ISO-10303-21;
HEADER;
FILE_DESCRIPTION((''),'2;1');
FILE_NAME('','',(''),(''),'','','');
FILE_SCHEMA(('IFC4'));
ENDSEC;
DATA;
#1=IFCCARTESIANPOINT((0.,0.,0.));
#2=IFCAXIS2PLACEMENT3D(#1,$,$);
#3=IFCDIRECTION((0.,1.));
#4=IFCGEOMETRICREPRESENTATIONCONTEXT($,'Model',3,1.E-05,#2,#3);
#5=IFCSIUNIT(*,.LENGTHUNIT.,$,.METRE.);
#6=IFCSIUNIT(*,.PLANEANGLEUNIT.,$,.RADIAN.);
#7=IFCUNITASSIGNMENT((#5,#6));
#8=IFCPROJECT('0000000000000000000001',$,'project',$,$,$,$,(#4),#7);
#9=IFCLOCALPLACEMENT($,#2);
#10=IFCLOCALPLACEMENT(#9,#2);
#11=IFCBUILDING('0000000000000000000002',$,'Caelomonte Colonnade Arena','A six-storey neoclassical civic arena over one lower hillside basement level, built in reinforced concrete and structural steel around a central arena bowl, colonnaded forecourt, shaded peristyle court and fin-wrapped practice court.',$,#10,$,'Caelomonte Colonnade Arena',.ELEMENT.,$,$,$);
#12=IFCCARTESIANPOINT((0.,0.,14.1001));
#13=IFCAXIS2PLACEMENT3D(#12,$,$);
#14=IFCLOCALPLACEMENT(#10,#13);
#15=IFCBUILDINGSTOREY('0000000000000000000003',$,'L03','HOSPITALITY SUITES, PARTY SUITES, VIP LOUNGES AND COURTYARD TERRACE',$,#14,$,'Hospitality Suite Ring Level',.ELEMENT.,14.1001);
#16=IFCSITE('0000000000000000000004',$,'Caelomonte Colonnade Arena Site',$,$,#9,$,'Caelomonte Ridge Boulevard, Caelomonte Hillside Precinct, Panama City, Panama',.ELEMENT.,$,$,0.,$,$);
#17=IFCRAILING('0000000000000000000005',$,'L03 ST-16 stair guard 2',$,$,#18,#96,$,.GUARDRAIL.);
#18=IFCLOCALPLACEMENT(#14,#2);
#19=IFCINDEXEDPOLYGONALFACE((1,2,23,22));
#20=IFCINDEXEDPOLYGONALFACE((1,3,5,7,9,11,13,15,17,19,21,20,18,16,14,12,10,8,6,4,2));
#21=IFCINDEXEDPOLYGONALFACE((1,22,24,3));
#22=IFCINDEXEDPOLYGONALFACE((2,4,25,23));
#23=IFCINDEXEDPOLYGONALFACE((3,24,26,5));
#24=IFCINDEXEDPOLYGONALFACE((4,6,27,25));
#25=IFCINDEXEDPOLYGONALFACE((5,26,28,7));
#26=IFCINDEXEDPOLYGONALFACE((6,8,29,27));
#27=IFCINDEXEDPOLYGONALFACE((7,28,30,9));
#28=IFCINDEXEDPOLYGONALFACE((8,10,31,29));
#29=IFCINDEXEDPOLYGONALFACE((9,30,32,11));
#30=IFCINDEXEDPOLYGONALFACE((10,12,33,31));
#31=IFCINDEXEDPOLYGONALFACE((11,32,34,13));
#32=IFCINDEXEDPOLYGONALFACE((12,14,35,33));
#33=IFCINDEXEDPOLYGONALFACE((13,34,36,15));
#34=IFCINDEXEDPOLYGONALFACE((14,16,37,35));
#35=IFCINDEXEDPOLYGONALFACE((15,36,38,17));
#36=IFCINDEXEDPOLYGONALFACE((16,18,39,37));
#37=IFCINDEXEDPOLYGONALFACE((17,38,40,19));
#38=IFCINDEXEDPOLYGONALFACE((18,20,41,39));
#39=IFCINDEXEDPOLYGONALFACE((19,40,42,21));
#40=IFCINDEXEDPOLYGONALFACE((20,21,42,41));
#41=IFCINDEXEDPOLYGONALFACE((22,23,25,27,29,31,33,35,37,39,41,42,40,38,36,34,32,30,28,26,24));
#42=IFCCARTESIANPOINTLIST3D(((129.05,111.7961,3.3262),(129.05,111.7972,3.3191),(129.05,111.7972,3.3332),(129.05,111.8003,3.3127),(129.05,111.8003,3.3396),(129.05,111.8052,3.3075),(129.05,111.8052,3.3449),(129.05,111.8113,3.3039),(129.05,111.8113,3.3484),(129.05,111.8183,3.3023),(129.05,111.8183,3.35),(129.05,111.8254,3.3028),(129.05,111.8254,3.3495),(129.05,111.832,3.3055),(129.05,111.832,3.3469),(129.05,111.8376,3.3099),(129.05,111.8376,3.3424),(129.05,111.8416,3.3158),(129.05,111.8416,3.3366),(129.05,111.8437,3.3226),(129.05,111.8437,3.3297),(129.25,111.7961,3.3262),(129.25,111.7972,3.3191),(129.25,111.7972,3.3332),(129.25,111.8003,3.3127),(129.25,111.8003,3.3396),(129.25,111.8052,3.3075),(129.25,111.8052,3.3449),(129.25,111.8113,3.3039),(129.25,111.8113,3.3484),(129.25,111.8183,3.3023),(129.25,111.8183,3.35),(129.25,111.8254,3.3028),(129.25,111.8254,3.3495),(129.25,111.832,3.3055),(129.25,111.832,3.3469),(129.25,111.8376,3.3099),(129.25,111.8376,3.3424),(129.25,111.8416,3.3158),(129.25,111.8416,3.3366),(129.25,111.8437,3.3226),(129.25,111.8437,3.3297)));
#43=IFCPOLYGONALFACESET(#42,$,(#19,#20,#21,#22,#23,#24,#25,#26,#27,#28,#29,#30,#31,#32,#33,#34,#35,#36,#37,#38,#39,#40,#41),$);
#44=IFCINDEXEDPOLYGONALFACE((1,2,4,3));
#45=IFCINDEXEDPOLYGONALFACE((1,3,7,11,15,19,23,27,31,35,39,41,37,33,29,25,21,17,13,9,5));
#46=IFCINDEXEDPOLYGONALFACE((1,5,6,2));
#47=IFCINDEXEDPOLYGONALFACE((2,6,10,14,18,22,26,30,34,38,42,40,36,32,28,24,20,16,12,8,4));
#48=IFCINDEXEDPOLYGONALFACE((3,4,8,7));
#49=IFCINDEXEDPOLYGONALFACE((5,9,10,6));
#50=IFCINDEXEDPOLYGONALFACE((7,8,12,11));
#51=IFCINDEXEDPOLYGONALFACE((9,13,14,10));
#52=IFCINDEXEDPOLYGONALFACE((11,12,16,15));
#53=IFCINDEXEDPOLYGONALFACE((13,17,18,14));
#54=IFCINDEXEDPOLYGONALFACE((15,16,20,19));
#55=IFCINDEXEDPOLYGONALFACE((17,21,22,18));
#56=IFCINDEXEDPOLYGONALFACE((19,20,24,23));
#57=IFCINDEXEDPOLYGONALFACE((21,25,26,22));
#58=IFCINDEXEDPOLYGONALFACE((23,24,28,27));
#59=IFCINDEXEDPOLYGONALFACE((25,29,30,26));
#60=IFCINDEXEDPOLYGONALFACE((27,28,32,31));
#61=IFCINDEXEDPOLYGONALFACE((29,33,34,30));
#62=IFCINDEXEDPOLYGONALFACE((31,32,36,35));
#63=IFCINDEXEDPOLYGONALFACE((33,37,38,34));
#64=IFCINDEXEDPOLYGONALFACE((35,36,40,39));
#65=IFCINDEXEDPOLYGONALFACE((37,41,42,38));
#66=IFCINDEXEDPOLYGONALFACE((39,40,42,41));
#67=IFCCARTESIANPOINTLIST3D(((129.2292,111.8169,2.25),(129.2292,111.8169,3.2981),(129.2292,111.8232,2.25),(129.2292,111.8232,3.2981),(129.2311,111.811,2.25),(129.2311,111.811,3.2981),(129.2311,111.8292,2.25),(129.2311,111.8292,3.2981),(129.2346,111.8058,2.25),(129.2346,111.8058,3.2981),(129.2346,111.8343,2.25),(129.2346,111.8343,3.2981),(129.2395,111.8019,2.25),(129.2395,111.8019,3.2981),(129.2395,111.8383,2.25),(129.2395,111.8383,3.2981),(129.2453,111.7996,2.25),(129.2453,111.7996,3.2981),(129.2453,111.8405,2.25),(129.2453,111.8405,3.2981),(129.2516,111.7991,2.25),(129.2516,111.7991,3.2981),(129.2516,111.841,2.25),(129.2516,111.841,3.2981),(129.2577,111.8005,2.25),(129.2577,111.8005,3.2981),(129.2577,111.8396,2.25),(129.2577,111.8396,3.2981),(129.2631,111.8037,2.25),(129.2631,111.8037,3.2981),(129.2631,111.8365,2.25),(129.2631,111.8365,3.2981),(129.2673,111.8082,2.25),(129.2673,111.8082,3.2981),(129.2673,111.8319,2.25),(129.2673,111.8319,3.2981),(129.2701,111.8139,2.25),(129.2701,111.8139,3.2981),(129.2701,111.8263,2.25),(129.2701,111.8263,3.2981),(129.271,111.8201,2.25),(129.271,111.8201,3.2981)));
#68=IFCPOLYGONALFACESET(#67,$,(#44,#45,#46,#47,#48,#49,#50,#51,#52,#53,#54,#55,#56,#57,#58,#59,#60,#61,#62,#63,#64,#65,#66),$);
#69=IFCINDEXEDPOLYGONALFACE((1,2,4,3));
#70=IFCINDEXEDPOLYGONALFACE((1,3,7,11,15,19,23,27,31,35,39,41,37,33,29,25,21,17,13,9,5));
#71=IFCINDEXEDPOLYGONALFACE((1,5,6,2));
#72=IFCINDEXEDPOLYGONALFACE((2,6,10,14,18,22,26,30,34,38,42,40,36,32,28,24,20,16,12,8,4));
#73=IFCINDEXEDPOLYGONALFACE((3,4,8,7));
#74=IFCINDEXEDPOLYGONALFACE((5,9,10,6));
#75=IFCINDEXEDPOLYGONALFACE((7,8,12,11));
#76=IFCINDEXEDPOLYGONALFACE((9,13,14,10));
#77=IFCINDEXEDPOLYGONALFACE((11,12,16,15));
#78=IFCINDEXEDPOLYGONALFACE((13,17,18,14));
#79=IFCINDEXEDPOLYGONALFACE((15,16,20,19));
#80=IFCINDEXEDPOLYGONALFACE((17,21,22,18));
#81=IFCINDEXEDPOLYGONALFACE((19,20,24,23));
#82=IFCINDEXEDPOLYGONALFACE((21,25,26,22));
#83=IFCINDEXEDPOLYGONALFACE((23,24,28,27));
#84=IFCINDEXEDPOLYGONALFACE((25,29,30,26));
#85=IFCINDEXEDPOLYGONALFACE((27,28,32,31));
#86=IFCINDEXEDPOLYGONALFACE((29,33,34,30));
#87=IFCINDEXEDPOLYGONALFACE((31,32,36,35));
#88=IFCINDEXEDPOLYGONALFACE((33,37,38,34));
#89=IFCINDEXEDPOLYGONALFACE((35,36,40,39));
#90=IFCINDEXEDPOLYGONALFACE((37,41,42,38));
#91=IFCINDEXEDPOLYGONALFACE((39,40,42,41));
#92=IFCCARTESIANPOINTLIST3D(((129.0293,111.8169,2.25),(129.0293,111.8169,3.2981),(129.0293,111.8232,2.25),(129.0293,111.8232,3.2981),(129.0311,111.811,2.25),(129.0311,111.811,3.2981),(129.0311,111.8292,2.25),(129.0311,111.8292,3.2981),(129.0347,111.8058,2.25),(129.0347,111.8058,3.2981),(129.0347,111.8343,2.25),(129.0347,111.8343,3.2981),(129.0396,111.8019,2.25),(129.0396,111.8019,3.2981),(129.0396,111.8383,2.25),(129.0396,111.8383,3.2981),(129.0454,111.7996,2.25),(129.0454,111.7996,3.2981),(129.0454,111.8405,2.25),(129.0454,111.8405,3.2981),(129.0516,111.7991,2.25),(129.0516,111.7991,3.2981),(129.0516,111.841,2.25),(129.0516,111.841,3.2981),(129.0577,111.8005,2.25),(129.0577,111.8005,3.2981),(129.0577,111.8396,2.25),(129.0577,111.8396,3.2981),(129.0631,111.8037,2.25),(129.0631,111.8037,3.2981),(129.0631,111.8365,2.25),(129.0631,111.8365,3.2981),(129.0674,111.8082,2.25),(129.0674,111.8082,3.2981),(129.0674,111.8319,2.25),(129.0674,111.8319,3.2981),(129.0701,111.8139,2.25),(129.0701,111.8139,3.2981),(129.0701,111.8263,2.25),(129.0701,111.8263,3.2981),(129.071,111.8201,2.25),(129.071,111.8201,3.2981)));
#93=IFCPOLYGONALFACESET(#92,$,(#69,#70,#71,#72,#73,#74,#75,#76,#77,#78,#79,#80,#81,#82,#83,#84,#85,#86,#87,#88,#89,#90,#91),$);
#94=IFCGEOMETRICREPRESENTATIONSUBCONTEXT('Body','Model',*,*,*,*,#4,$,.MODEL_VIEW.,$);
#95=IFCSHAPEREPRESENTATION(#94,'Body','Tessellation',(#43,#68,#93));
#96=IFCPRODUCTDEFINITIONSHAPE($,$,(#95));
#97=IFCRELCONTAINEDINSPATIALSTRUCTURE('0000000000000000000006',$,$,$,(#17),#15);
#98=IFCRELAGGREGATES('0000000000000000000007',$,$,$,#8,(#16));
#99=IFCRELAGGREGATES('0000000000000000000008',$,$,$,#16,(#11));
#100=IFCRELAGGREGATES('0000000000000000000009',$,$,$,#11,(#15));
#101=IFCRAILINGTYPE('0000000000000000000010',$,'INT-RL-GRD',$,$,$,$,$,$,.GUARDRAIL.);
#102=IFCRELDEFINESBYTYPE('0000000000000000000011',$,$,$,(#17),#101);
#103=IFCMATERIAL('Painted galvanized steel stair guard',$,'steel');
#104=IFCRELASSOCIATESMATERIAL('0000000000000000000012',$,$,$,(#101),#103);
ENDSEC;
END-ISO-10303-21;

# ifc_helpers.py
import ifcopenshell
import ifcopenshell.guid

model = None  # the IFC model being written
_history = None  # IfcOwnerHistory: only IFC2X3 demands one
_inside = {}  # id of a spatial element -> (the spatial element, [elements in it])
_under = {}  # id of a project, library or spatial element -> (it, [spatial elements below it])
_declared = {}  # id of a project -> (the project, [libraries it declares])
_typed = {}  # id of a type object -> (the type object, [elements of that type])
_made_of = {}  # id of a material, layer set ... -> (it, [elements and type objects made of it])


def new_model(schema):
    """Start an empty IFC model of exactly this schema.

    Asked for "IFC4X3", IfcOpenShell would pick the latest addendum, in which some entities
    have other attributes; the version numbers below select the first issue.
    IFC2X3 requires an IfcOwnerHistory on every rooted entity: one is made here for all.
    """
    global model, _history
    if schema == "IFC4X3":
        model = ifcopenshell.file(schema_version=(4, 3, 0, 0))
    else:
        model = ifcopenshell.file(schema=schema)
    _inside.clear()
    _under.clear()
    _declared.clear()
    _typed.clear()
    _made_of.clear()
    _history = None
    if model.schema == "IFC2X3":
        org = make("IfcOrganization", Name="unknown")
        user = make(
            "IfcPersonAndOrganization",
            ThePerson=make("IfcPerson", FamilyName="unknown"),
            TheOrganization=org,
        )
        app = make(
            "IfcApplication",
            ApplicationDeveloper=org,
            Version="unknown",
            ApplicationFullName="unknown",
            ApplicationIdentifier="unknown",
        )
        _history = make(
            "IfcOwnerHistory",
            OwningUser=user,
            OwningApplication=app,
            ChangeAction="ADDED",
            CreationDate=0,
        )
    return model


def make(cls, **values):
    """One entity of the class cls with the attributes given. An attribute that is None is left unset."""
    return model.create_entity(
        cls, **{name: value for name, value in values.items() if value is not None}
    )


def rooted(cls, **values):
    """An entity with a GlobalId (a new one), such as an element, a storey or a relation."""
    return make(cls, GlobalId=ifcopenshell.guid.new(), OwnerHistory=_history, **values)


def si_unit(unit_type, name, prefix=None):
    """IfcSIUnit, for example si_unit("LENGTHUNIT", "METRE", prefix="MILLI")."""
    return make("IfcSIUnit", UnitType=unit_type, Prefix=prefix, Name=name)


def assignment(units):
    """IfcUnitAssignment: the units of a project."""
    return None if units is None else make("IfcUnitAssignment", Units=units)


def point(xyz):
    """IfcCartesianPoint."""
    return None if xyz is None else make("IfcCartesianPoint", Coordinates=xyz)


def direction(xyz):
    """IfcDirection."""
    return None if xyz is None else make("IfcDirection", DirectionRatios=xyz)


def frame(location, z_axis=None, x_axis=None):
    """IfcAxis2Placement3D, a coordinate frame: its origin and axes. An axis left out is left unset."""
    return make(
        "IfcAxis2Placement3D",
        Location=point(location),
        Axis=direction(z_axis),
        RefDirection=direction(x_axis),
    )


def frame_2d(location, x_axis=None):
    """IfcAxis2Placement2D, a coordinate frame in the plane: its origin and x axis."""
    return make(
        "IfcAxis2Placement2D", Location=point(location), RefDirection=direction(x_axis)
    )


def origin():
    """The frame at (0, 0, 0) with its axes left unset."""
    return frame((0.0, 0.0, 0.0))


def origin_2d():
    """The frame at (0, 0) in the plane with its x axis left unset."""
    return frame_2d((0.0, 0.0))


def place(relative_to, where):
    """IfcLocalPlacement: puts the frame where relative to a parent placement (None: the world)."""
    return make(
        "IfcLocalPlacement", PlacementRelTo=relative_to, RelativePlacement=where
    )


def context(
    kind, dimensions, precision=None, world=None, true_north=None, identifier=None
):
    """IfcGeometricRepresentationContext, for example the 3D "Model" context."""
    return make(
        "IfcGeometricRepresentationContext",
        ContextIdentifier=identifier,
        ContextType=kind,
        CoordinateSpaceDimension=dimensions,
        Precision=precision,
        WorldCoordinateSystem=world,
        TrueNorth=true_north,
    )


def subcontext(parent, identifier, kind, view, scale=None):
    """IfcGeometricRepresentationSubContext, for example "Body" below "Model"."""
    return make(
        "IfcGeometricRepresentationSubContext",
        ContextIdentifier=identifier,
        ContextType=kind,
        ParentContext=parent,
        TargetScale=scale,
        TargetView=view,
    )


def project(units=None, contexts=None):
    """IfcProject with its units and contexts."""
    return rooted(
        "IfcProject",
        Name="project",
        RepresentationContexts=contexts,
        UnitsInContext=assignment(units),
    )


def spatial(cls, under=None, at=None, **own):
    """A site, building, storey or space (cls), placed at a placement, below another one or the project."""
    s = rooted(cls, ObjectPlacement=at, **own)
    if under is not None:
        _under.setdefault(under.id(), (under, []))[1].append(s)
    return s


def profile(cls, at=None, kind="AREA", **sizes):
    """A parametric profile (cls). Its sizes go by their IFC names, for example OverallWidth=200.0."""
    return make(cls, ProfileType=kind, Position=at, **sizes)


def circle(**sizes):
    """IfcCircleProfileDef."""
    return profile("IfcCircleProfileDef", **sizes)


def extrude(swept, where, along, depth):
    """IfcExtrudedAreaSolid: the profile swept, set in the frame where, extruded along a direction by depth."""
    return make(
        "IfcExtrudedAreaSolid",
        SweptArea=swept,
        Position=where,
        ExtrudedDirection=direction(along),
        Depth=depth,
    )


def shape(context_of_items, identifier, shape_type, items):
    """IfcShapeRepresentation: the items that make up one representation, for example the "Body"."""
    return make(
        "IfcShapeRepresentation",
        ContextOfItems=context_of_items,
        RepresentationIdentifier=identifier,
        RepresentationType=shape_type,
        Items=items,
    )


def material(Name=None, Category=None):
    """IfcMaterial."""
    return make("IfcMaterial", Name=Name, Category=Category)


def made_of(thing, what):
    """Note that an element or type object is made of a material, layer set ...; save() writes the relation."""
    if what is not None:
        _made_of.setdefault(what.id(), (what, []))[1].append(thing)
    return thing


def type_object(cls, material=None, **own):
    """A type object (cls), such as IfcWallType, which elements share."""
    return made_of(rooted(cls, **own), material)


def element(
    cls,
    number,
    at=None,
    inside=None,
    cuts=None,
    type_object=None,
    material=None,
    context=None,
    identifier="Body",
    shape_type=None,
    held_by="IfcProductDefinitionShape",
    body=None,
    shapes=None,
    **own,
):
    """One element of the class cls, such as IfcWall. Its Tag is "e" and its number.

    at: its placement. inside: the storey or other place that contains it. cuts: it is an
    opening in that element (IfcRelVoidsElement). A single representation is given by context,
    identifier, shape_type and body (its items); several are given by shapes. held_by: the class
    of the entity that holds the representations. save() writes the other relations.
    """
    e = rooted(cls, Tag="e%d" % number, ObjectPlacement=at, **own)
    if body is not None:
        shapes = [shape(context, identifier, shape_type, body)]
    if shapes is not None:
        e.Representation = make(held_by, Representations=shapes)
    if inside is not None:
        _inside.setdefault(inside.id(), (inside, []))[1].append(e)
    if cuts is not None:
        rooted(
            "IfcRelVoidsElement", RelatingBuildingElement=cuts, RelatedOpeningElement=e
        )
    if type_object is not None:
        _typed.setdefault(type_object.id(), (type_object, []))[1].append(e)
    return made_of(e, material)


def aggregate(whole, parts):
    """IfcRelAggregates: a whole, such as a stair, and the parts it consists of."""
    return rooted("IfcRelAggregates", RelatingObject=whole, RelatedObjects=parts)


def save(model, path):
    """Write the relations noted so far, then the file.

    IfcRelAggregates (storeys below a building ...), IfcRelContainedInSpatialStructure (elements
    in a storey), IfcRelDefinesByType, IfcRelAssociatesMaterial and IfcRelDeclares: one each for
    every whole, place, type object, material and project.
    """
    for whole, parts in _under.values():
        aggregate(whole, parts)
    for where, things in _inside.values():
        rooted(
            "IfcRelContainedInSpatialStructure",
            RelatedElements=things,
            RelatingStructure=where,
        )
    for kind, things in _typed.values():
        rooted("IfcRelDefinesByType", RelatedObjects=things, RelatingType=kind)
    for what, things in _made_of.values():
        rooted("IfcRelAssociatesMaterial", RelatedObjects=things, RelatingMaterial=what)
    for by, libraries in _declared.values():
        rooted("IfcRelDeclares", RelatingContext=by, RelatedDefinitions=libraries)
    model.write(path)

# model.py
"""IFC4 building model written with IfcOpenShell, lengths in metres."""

from ifc_helpers import new_model, si_unit, direction, frame, origin, origin_2d, place, context, subcontext, project, spatial, circle, extrude, material, type_object, element, save


model = new_model("IFC4")

# Units and contexts
model_context = context("Model", 3, precision=1e-05, world=origin(), true_north=direction((0.0, 1.0)))
body_context = subcontext(model_context, "Body", "Model", "MODEL_VIEW")
ifc_project = project(units=[si_unit("LENGTHUNIT", "METRE"), si_unit("PLANEANGLEUNIT", "RADIAN")], contexts=[model_context])

# Site, building, storey
site_placement = place(None, origin())
site = spatial("IfcSite", under=ifc_project, at=site_placement, Name="Caelomonte Colonnade Arena Site", LongName="Caelomonte Ridge Boulevard, Caelomonte Hillside Precinct, Panama City, Panama", CompositionType="ELEMENT", RefElevation=0.0)
building_placement = place(site_placement, origin())
building = spatial("IfcBuilding", under=site, at=building_placement, Name="Caelomonte Colonnade Arena", Description="A six-storey neoclassical civic arena over one lower hillside basement level, built in reinforced concrete and structural steel around a central arena bowl, colonnaded forecourt, shaded peristyle court and fin-wrapped practice court.", LongName="Caelomonte Colonnade Arena", CompositionType="ELEMENT")
storey_placement = place(building_placement, frame((0.0, 0.0, 14.1001)))
storey = spatial("IfcBuildingStorey", under=building, at=storey_placement, Name="L03", Description="HOSPITALITY SUITES, PARTY SUITES, VIP LOUNGES AND COURTYARD TERRACE", LongName="Hospitality Suite Ring Level", CompositionType="ELEMENT", Elevation=14.1001)

# Railing
ifc_material_1 = material(Name="Painted galvanized steel stair guard", Category="steel")
railing_type_1 = type_object("IfcRailingType", Name="INT-RL-GRD", PredefinedType="GUARDRAIL", material=ifc_material_1)
railing_1_placement = place(storey_placement, frame((129.25, 111.8201, 2.25)))
element("IfcRailing", 1, at=railing_1_placement, inside=storey, type_object=railing_type_1, Name="L03 ST-16 stair guard 2", PredefinedType="GUARDRAIL", context=body_context, shape_type="SweptSolid", body=[
    extrude(circle(Radius=0.0239, at=origin_2d()), frame((0.0, 0.0, 1.0762), z_axis=(-1.0, 0.0, 0.0), x_axis=(0.0, -1.0, 0.0)), (0.0, 0.0, 1.0), 0.2),
    extrude(circle(Radius=0.021, at=origin_2d()), origin(), (0.0, 0.0, 1.0), 1.0481),
    extrude(circle(Radius=0.021, at=origin_2d()), frame((-0.2, 0.0, 0.0)), (0.0, 0.0, 1.0), 1.0481),
])

save(model, "model.ifc")
